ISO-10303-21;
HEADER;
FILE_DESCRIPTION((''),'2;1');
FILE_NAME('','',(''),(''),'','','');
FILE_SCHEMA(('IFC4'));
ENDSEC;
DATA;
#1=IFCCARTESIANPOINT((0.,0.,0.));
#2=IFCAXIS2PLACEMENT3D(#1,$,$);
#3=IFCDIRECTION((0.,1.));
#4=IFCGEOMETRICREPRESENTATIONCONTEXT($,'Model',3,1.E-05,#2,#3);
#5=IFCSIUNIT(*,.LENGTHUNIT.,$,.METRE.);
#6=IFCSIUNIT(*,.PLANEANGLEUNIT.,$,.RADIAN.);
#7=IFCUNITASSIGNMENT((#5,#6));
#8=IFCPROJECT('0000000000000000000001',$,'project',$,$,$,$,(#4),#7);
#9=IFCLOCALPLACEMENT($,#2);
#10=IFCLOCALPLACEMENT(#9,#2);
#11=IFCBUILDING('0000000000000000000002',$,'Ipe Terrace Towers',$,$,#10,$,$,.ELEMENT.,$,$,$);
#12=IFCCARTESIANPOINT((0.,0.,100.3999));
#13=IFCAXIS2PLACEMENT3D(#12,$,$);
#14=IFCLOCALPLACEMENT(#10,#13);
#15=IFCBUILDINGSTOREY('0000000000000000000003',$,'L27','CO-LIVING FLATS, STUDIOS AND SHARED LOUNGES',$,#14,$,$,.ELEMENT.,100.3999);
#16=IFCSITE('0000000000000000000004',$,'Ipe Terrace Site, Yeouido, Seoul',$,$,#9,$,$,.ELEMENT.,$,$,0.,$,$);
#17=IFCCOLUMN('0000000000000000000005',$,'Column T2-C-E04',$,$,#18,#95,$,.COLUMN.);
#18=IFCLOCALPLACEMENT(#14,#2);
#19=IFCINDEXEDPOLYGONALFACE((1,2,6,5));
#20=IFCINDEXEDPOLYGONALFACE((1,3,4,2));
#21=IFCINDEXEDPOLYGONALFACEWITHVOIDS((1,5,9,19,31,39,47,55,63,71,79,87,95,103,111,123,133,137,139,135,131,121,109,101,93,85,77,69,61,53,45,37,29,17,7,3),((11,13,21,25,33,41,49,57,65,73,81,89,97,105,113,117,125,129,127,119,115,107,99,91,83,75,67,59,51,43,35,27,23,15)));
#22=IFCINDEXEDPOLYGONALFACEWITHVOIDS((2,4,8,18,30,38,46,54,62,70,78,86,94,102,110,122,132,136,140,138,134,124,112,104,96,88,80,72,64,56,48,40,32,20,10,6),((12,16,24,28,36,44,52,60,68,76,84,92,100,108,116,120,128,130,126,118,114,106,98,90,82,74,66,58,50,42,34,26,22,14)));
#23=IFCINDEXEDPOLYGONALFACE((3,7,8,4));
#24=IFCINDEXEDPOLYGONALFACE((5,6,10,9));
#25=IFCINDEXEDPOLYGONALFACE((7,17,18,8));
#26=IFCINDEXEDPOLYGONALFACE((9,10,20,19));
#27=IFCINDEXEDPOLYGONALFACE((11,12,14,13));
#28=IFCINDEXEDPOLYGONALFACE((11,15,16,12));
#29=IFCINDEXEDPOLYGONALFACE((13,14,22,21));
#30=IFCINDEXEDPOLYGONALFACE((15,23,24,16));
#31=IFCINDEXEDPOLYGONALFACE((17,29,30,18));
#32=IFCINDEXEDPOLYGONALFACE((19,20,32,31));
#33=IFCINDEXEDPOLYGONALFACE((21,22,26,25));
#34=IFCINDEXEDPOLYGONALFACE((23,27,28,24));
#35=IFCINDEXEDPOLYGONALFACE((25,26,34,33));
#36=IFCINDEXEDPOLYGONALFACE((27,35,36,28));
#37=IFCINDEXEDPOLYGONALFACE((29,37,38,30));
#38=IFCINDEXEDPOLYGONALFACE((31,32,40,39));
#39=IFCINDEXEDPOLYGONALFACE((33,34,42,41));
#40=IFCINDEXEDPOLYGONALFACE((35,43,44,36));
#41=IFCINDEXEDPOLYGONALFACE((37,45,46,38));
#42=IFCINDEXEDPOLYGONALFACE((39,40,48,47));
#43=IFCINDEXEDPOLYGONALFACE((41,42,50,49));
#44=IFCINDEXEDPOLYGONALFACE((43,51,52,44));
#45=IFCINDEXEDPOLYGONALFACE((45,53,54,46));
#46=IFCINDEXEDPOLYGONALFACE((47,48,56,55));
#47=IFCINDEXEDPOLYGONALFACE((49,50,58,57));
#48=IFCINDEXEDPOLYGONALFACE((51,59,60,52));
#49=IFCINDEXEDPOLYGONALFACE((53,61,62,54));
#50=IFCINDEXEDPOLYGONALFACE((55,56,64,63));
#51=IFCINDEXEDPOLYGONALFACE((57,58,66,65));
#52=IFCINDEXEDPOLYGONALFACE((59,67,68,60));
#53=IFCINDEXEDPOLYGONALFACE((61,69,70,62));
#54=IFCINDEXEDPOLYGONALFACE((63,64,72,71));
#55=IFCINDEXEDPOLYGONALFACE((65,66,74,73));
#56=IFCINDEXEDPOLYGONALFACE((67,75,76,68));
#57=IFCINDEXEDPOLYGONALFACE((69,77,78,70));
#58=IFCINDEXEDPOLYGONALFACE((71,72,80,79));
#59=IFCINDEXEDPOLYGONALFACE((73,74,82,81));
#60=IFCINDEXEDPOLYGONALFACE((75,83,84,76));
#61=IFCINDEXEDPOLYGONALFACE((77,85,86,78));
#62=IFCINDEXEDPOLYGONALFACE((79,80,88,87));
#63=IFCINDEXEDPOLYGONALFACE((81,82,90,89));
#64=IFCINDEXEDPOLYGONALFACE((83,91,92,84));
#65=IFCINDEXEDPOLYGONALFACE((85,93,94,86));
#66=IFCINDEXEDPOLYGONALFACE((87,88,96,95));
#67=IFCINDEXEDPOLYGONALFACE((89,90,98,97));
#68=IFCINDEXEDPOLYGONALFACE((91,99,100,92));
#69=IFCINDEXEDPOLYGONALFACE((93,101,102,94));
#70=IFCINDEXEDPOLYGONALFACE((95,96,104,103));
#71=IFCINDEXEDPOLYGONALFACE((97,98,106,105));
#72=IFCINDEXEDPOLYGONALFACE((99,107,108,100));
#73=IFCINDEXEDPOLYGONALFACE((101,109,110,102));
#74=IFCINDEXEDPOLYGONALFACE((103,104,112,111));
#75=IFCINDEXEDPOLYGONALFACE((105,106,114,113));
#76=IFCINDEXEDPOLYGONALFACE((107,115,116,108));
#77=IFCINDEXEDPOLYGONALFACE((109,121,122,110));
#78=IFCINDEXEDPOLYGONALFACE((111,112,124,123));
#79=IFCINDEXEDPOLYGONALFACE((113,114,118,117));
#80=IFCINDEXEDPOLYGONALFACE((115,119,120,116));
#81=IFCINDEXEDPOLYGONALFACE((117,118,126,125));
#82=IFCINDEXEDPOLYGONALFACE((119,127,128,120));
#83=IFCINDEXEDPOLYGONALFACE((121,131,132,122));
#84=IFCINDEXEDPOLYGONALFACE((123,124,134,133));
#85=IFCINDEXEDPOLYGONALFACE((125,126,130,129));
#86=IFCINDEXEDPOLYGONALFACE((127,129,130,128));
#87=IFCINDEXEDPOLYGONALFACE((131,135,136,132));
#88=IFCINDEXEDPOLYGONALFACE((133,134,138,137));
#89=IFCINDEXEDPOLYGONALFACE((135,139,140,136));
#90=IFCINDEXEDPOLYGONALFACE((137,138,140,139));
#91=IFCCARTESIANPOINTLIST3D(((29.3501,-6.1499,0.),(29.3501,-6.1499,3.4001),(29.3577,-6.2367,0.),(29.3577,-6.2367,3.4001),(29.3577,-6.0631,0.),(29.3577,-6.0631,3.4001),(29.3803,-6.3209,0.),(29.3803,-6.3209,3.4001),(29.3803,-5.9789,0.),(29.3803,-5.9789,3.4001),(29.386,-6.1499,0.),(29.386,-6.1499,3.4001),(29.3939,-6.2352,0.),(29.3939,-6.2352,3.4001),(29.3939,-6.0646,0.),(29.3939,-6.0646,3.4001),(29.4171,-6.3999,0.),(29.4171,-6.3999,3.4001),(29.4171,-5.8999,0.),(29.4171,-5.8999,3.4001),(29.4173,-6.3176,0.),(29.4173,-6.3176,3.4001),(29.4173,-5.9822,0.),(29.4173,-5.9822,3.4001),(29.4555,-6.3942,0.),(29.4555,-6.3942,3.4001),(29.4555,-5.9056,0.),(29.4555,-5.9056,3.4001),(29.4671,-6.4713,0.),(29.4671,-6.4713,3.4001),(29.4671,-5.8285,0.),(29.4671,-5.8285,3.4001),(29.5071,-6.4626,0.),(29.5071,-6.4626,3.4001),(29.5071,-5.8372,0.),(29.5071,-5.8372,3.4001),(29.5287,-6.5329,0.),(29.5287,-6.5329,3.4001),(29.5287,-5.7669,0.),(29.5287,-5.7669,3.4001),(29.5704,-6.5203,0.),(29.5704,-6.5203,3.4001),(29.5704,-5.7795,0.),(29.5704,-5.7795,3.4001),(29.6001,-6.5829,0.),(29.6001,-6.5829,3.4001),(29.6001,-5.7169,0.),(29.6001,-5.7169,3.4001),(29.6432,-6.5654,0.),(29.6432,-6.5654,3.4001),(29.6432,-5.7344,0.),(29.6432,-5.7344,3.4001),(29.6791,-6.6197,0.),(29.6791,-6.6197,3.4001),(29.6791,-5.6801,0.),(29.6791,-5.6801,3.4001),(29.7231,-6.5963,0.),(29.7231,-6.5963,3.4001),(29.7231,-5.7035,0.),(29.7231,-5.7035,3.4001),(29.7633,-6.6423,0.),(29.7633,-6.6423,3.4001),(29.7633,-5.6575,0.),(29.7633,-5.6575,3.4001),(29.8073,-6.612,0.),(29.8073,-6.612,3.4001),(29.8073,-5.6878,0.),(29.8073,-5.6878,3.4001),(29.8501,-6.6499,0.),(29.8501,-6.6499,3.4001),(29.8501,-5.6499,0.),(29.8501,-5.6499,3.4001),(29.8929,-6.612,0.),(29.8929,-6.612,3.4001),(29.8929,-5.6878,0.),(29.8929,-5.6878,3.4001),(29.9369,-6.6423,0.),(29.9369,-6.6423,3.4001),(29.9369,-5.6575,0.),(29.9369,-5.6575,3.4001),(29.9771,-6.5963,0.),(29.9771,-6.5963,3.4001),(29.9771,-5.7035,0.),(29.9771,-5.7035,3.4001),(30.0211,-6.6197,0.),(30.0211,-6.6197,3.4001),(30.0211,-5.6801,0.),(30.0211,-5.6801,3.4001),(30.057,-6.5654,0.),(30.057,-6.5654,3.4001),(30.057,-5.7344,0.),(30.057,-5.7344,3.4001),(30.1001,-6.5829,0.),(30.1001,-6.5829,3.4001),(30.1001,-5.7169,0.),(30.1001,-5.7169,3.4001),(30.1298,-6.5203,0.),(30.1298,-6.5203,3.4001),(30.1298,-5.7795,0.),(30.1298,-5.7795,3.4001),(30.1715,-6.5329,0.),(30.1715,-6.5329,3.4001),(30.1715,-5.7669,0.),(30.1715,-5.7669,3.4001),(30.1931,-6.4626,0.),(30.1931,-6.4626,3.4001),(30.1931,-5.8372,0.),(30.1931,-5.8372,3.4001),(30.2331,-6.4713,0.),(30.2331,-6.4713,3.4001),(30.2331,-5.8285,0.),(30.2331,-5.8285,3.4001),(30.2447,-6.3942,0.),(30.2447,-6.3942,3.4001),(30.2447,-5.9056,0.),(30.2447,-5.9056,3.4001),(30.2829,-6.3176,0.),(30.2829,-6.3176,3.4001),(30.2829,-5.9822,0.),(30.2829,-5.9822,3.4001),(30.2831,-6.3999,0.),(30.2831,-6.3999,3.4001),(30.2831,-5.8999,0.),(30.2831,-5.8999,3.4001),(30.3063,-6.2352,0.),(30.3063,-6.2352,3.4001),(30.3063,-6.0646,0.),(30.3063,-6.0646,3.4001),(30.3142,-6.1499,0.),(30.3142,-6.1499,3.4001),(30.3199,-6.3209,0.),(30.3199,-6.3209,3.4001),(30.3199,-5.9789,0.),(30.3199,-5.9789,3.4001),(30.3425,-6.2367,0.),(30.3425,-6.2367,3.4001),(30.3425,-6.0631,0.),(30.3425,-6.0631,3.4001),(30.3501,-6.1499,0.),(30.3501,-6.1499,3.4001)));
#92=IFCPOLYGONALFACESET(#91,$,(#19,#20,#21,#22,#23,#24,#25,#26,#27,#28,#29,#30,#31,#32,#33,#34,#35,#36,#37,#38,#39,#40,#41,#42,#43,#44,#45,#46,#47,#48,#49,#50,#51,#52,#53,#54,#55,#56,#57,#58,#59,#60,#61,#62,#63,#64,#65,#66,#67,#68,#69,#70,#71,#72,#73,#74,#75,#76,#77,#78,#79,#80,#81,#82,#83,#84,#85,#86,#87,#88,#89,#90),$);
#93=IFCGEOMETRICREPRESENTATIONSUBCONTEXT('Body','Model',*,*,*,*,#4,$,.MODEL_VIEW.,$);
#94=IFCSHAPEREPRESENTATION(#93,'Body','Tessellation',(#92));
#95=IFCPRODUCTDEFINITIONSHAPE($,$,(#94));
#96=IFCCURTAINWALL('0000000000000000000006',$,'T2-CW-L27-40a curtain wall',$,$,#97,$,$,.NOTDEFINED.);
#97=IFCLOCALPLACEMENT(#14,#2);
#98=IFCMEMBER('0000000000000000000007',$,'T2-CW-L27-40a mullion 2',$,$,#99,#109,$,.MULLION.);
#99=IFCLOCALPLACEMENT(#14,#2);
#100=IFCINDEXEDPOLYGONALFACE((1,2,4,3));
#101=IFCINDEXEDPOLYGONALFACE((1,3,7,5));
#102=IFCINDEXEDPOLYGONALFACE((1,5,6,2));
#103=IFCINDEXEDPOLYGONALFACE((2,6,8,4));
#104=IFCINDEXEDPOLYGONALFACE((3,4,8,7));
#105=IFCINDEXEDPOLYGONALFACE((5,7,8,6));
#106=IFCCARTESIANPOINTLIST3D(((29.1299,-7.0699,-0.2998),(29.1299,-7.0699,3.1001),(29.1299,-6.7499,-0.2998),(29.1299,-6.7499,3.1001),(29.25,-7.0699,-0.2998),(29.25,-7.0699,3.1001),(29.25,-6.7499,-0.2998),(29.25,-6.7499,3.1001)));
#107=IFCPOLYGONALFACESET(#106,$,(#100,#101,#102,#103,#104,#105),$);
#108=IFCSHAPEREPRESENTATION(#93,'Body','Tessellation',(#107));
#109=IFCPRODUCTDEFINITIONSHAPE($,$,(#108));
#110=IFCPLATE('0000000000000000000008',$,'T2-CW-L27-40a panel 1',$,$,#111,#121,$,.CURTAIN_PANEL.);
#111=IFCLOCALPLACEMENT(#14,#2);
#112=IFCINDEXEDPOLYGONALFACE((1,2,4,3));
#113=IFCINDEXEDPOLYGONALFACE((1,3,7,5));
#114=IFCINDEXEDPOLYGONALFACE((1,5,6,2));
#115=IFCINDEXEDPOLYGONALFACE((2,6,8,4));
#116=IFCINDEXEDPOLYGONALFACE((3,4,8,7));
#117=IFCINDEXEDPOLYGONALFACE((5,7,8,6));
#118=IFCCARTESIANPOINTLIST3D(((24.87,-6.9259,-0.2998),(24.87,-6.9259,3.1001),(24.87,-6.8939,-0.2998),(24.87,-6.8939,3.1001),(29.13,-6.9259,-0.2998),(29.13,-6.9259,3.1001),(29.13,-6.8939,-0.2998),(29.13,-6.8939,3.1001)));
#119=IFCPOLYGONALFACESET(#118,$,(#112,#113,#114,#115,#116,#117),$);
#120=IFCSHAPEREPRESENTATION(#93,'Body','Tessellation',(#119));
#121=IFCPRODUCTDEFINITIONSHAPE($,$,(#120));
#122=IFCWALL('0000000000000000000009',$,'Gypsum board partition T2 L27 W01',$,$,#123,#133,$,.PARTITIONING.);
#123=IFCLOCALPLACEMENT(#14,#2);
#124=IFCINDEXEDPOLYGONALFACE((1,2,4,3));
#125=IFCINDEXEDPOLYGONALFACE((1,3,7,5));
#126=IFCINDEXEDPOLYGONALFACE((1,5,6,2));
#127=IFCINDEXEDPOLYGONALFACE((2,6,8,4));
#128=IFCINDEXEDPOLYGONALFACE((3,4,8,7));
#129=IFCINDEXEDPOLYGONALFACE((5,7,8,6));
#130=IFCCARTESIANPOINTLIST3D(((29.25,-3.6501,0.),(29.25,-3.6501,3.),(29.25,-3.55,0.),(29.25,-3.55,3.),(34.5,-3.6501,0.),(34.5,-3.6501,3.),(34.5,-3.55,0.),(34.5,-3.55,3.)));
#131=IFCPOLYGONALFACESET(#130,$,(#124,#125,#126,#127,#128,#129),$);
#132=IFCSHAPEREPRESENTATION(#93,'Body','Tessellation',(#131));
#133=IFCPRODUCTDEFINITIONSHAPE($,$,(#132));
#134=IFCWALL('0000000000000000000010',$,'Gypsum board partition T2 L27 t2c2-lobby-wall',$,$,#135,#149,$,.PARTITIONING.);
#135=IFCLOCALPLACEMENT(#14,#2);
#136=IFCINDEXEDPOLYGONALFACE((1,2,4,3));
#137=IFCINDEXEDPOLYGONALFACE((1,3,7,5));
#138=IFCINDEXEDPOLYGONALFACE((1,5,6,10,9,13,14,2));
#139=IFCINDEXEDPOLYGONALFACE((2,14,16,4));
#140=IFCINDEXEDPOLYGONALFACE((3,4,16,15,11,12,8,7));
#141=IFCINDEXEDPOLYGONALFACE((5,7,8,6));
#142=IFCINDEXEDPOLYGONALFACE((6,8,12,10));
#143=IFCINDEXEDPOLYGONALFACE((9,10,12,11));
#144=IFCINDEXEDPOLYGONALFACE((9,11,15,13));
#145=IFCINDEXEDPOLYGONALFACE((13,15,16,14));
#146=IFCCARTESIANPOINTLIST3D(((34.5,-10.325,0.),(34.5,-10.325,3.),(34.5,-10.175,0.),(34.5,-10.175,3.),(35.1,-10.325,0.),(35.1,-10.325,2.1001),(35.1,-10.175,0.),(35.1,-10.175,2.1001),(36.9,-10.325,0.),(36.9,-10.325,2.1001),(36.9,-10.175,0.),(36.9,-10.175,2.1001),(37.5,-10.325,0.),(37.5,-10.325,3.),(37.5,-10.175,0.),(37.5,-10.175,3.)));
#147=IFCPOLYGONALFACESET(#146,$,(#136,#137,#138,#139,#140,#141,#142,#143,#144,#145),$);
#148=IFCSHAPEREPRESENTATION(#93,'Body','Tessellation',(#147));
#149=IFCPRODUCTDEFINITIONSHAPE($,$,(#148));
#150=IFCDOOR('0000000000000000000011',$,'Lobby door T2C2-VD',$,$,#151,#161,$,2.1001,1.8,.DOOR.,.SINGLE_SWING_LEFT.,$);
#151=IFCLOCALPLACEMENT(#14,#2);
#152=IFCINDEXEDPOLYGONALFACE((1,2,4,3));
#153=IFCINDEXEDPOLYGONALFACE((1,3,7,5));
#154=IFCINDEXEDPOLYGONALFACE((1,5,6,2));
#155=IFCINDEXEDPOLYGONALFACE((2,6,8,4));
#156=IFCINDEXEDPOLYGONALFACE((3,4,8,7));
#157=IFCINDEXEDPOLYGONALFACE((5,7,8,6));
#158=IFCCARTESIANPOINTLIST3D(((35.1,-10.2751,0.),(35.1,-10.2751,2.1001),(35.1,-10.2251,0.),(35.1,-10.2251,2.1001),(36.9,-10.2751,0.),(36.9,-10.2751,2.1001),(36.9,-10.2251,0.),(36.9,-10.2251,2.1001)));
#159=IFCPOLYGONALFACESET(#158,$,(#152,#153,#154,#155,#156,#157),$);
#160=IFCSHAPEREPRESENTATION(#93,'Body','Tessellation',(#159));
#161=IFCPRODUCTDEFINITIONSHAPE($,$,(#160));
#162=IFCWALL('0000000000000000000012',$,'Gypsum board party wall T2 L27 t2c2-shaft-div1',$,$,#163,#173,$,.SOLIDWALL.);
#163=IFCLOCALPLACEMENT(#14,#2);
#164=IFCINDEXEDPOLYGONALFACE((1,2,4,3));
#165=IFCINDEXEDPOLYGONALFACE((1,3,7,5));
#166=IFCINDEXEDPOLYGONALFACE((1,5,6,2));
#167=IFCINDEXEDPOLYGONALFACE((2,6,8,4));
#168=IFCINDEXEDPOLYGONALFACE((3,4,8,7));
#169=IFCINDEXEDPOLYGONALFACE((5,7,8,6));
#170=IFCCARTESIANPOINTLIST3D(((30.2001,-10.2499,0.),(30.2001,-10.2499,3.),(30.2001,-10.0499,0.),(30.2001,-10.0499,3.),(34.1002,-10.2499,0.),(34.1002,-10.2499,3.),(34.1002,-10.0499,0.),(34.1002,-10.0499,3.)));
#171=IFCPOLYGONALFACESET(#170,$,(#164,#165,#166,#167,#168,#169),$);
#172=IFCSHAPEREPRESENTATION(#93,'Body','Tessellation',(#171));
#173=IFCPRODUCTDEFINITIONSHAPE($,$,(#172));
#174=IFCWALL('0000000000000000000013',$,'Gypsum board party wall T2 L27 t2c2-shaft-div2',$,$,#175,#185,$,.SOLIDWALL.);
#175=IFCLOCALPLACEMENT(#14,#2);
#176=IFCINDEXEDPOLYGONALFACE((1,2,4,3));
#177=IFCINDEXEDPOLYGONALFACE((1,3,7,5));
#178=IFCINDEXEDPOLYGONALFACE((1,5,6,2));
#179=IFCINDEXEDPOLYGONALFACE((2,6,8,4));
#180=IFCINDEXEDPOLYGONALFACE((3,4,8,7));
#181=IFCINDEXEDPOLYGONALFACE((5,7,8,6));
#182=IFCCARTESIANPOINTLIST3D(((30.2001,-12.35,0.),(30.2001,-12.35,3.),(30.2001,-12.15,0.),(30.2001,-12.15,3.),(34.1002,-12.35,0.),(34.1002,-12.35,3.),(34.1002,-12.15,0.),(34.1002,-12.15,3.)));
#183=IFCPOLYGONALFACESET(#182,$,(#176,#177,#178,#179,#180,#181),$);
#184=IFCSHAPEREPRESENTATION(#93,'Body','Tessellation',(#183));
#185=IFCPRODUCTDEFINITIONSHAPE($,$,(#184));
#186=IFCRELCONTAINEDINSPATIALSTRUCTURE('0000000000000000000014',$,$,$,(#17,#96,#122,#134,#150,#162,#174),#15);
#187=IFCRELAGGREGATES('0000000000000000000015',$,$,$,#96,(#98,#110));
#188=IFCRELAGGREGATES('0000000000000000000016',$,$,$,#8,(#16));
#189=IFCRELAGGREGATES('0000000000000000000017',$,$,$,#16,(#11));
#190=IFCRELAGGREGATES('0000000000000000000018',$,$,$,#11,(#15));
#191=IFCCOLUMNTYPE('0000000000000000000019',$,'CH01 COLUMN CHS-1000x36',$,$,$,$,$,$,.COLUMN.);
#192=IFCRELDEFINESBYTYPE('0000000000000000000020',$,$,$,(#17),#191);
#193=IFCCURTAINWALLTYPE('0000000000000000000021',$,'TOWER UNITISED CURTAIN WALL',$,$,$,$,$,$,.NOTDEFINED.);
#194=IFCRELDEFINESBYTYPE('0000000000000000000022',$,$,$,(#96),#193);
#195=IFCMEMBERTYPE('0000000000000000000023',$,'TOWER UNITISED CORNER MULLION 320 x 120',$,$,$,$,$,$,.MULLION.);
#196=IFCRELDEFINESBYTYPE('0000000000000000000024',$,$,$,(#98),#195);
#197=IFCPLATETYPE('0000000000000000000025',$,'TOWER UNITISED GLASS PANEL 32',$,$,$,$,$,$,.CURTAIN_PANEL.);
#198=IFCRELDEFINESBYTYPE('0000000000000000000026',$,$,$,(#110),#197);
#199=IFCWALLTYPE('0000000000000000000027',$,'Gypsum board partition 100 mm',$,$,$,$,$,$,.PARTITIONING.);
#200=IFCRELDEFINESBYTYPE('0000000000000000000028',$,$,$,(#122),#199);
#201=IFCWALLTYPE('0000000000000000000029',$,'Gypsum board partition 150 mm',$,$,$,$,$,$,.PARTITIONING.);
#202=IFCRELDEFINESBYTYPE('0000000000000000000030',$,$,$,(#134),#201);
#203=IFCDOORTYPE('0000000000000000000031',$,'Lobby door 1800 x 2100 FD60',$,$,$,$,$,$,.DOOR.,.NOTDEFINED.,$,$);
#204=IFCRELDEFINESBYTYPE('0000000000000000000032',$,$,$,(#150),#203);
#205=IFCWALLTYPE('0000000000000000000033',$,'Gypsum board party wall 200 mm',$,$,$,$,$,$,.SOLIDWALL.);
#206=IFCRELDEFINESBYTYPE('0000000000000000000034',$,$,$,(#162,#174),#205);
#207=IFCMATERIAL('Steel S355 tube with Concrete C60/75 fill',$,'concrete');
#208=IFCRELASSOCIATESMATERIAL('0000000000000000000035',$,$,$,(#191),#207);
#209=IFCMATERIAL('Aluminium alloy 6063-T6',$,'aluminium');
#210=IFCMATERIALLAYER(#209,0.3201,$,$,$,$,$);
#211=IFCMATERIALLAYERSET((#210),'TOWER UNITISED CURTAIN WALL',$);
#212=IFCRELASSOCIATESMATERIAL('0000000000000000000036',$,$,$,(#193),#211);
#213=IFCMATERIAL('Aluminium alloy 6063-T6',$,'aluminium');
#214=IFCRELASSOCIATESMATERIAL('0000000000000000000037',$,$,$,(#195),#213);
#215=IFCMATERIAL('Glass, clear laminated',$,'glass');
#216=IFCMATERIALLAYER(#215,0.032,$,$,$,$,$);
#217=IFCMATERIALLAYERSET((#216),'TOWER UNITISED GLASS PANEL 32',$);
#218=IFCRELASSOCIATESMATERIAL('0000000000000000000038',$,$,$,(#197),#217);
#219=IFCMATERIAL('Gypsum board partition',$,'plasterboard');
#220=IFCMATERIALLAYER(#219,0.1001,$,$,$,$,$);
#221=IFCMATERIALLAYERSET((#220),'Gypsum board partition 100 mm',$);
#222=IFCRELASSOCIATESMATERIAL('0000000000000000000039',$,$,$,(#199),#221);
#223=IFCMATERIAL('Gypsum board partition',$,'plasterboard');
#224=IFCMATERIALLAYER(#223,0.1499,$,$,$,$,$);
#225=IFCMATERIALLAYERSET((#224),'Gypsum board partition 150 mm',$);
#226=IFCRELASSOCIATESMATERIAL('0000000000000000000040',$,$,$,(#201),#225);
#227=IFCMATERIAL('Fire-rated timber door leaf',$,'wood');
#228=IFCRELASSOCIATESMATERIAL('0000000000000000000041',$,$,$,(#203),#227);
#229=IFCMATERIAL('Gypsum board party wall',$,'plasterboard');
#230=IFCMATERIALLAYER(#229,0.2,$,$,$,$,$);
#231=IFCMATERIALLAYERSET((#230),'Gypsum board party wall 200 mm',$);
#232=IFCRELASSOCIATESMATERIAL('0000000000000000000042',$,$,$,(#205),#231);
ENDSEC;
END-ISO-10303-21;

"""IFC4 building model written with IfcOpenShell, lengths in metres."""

from ifc_helpers import new_model, si_unit, direction, frame, frame_2d, origin, origin_2d, place, context, subcontext, project, spatial, rectangle, hollow_circle, extrude, material, layer, layer_set, material_profile, profile_set, type_object, element, fill, aggregate, save


model = new_model("IFC4")

# Units and contexts
model_context = context("Model", 3, precision=1e-05, world=origin(), true_north=direction((0.0, 1.0)))
body_context = subcontext(model_context, "Body", "Model", "MODEL_VIEW")
ifc_project = project(units=[si_unit("LENGTHUNIT", "METRE"), si_unit("PLANEANGLEUNIT", "RADIAN")], contexts=[model_context])

# Site, building, storey
site_placement = place(None, origin())
site = spatial("IfcSite", under=ifc_project, at=site_placement, Name="Ipe Terrace Site, Yeouido, Seoul", CompositionType="ELEMENT", RefElevation=0.0)
building_placement = place(site_placement, origin())
building = spatial("IfcBuilding", under=site, at=building_placement, Name="Ipe Terrace Towers", CompositionType="ELEMENT")
storey_placement = place(building_placement, frame((0.0, 0.0, 100.3999)))
storey = spatial("IfcBuildingStorey", under=building, at=storey_placement, Name="L27", Description="CO-LIVING FLATS, STUDIOS AND SHARED LOUNGES", CompositionType="ELEMENT", Elevation=100.3999)

# Column
ifc_material_1 = material(Name="Steel S355 tube with Concrete C60/75 fill", Category="concrete")
ifc_material_profile_1 = material_profile(ifc_material_1, hollow_circle(Radius=0.5, WallThickness=0.0359, at=origin_2d()), Name="CHS-1000x36")
ifc_profile_set_1 = profile_set([ifc_material_profile_1], Name="Steel S355 tube with Concrete C60/75 fill")
column_type = type_object("IfcColumnType", Name="CH01 COLUMN CHS-1000x36", PredefinedType="COLUMN", material=ifc_profile_set_1)
column_placement = place(storey_placement, frame((29.8501, -6.1499, 0.0), z_axis=(0.0, 0.0, 1.0), x_axis=(1.0, 0.0, 0.0)))
element("IfcColumn", 1, at=column_placement, inside=storey, type_object=column_type, Name="Column T2-C-E04", PredefinedType="COLUMN", context=body_context, shape_type="SweptSolid", body=[
    extrude(hollow_circle(Radius=0.5, WallThickness=0.0359, at=origin_2d()), origin(), (0.0, 0.0, 1.0), 3.4001),
])

# Curtain wall, member, plate
ifc_material_2 = material(Name="Aluminium alloy 6063-T6", Category="aluminium")
ifc_layer_1 = layer(ifc_material_2, 0.3201)
ifc_layer_set_1 = layer_set([ifc_layer_1], Name="TOWER UNITISED CURTAIN WALL")
curtain_wall_type = type_object("IfcCurtainWallType", Name="TOWER UNITISED CURTAIN WALL", PredefinedType="NOTDEFINED", material=ifc_layer_set_1)
curtain_wall_placement = place(storey_placement, origin())
curtain_wall = element("IfcCurtainWall", 2, at=curtain_wall_placement, inside=storey, type_object=curtain_wall_type, Name="T2-CW-L27-40a curtain wall", PredefinedType="NOTDEFINED")
ifc_material_3 = material(Name="Aluminium alloy 6063-T6", Category="aluminium")
ifc_material_profile_2 = material_profile(ifc_material_3, rectangle(XDim=0.3201, YDim=0.1201, at=origin_2d()), Name="TOWER UNITISED CORNER MULLION 320 x 120")
ifc_profile_set_2 = profile_set([ifc_material_profile_2], Name="Aluminium alloy 6063-T6")
member_type = type_object("IfcMemberType", Name="TOWER UNITISED CORNER MULLION 320 x 120", PredefinedType="MULLION", material=ifc_profile_set_2)
member_placement = place(storey_placement, frame((29.1899, -6.9099, -0.2998), z_axis=(0.0, 0.0, 1.0), x_axis=(0.0, -1.0, 0.0)))
member = element("IfcMember", 3, at=member_placement, type_object=member_type, Name="T2-CW-L27-40a mullion 2", PredefinedType="MULLION", context=body_context, shape_type="SweptSolid", body=[
    extrude(rectangle(XDim=0.3201, YDim=0.1201, at=origin_2d()), origin(), (0.0, 0.0, 1.0), 3.3999),
])
ifc_material_4 = material(Name="Glass, clear laminated", Category="glass")
ifc_layer_2 = layer(ifc_material_4, 0.032)
ifc_layer_set_2 = layer_set([ifc_layer_2], Name="TOWER UNITISED GLASS PANEL 32")
plate_type = type_object("IfcPlateType", Name="TOWER UNITISED GLASS PANEL 32", PredefinedType="CURTAIN_PANEL", material=ifc_layer_set_2)
plate_placement = place(storey_placement, frame((27.0, -6.9099, -0.2998), z_axis=(0.0, 0.0, 1.0), x_axis=(1.0, 0.0, 0.0)))
plate = element("IfcPlate", 4, at=plate_placement, type_object=plate_type, Name="T2-CW-L27-40a panel 1", PredefinedType="CURTAIN_PANEL", context=body_context, shape_type="SweptSolid", body=[
    extrude(rectangle(XDim=4.26, YDim=0.032, at=origin_2d()), origin(), (0.0, 0.0, 1.0), 3.3999),
])
aggregate(curtain_wall, [member, plate])

# Wall
ifc_material_5 = material(Name="Gypsum board partition", Category="plasterboard")
ifc_layer_3 = layer(ifc_material_5, 0.1001)
ifc_layer_set_3 = layer_set([ifc_layer_3], Name="Gypsum board partition 100 mm")
wall_type_1 = type_object("IfcWallType", Name="Gypsum board partition 100 mm", PredefinedType="PARTITIONING", material=ifc_layer_set_3)
wall_1_placement = place(storey_placement, frame((34.5, -3.6001, 0.0), z_axis=(0.0, 0.0, 1.0), x_axis=(-1.0, 0.0, 0.0)))
element("IfcWall", 5, at=wall_1_placement, inside=storey, type_object=wall_type_1, Name="Gypsum board partition T2 L27 W01", PredefinedType="PARTITIONING", context=body_context, shape_type="SweptSolid", body=[
    extrude(rectangle(XDim=5.25, YDim=0.1001, at=frame_2d((2.625, 0.0))), origin(), (0.0, 0.0, 1.0), 3.0),
])

# Wall, opening, door
ifc_material_6 = material(Name="Gypsum board partition", Category="plasterboard")
ifc_layer_4 = layer(ifc_material_6, 0.1499)
ifc_layer_set_4 = layer_set([ifc_layer_4], Name="Gypsum board partition 150 mm")
wall_type_2 = type_object("IfcWallType", Name="Gypsum board partition 150 mm", PredefinedType="PARTITIONING", material=ifc_layer_set_4)
wall_2_placement = place(storey_placement, frame((34.5, -10.25, 0.0), z_axis=(0.0, 0.0, 1.0), x_axis=(1.0, 0.0, 0.0)))
wall_2 = element("IfcWall", 6, at=wall_2_placement, inside=storey, type_object=wall_type_2, Name="Gypsum board partition T2 L27 t2c2-lobby-wall", PredefinedType="PARTITIONING", context=body_context, shape_type="SweptSolid", body=[
    extrude(rectangle(XDim=3.0, YDim=0.1499, at=frame_2d((1.5, 0.0))), origin(), (0.0, 0.0, 1.0), 3.0),
])
opening_1_placement = place(wall_2_placement, frame((0.6001, 0.0, 0.0)))
opening_1 = element("IfcOpeningElement", 7, at=opening_1_placement, cuts=wall_2, PredefinedType="OPENING", context=body_context, shape_type="SweptSolid", body=[
    extrude(rectangle(XDim=1.8, YDim=2.1001, at=frame_2d((0.8999, 1.05))), frame((0.0, 0.085, 0.0), z_axis=(0.0, -1.0, 0.0), x_axis=(1.0, 0.0, 0.0)), (0.0, 0.0, 1.0), 0.1699),
])
ifc_material_7 = material(Name="Fire-rated timber door leaf", Category="wood")
door_type_1 = type_object("IfcDoorType", Name="Lobby door 1800 x 2100 FD60", OperationType="NOTDEFINED", PredefinedType="DOOR", material=ifc_material_7)
door_1_placement = place(opening_1_placement, origin())
door_1 = element("IfcDoor", 8, at=door_1_placement, inside=storey, type_object=door_type_1, Name="Lobby door T2C2-VD", OperationType="SINGLE_SWING_LEFT", OverallHeight=2.1001, OverallWidth=1.8, PredefinedType="DOOR", context=body_context, shape_type="SweptSolid", body=[
    extrude(rectangle(XDim=1.8, YDim=2.1001, at=frame_2d((0.8999, 1.05))), frame((0.0, 0.0249, 0.0), z_axis=(0.0, -1.0, 0.0), x_axis=(1.0, 0.0, 0.0)), (0.0, 0.0, 1.0), 0.05),
])
fill(opening_1, door_1)

# Walls
ifc_material_8 = material(Name="Gypsum board party wall", Category="plasterboard")
ifc_layer_5 = layer(ifc_material_8, 0.2)
ifc_layer_set_5 = layer_set([ifc_layer_5], Name="Gypsum board party wall 200 mm")
wall_type_3 = type_object("IfcWallType", Name="Gypsum board party wall 200 mm", PredefinedType="SOLIDWALL", material=ifc_layer_set_5)
for number, where, z_axis, x_axis, name in (
    (9, (30.2, -10.1499, 0.0), (0.0, 0.0, 1.0), (1.0, 0.0, 0.0), "Gypsum board party wall T2 L27 t2c2-shaft-div1"),
    (10, (30.2, -12.25, 0.0), (0.0, 0.0, 1.0), (1.0, 0.0, 0.0), "Gypsum board party wall T2 L27 t2c2-shaft-div2"),
):
    element("IfcWall", number, at=place(storey_placement, frame(where, z_axis=z_axis, x_axis=x_axis)), inside=storey, type_object=wall_type_3, Name=name, PredefinedType="SOLIDWALL", context=body_context, shape_type="SweptSolid", body=[
        extrude(rectangle(XDim=3.9001, YDim=0.2, at=frame_2d((1.9502, 0.0))), origin(), (0.0, 0.0, 1.0), 3.0),
    ])

save(model, "model.ifc")
